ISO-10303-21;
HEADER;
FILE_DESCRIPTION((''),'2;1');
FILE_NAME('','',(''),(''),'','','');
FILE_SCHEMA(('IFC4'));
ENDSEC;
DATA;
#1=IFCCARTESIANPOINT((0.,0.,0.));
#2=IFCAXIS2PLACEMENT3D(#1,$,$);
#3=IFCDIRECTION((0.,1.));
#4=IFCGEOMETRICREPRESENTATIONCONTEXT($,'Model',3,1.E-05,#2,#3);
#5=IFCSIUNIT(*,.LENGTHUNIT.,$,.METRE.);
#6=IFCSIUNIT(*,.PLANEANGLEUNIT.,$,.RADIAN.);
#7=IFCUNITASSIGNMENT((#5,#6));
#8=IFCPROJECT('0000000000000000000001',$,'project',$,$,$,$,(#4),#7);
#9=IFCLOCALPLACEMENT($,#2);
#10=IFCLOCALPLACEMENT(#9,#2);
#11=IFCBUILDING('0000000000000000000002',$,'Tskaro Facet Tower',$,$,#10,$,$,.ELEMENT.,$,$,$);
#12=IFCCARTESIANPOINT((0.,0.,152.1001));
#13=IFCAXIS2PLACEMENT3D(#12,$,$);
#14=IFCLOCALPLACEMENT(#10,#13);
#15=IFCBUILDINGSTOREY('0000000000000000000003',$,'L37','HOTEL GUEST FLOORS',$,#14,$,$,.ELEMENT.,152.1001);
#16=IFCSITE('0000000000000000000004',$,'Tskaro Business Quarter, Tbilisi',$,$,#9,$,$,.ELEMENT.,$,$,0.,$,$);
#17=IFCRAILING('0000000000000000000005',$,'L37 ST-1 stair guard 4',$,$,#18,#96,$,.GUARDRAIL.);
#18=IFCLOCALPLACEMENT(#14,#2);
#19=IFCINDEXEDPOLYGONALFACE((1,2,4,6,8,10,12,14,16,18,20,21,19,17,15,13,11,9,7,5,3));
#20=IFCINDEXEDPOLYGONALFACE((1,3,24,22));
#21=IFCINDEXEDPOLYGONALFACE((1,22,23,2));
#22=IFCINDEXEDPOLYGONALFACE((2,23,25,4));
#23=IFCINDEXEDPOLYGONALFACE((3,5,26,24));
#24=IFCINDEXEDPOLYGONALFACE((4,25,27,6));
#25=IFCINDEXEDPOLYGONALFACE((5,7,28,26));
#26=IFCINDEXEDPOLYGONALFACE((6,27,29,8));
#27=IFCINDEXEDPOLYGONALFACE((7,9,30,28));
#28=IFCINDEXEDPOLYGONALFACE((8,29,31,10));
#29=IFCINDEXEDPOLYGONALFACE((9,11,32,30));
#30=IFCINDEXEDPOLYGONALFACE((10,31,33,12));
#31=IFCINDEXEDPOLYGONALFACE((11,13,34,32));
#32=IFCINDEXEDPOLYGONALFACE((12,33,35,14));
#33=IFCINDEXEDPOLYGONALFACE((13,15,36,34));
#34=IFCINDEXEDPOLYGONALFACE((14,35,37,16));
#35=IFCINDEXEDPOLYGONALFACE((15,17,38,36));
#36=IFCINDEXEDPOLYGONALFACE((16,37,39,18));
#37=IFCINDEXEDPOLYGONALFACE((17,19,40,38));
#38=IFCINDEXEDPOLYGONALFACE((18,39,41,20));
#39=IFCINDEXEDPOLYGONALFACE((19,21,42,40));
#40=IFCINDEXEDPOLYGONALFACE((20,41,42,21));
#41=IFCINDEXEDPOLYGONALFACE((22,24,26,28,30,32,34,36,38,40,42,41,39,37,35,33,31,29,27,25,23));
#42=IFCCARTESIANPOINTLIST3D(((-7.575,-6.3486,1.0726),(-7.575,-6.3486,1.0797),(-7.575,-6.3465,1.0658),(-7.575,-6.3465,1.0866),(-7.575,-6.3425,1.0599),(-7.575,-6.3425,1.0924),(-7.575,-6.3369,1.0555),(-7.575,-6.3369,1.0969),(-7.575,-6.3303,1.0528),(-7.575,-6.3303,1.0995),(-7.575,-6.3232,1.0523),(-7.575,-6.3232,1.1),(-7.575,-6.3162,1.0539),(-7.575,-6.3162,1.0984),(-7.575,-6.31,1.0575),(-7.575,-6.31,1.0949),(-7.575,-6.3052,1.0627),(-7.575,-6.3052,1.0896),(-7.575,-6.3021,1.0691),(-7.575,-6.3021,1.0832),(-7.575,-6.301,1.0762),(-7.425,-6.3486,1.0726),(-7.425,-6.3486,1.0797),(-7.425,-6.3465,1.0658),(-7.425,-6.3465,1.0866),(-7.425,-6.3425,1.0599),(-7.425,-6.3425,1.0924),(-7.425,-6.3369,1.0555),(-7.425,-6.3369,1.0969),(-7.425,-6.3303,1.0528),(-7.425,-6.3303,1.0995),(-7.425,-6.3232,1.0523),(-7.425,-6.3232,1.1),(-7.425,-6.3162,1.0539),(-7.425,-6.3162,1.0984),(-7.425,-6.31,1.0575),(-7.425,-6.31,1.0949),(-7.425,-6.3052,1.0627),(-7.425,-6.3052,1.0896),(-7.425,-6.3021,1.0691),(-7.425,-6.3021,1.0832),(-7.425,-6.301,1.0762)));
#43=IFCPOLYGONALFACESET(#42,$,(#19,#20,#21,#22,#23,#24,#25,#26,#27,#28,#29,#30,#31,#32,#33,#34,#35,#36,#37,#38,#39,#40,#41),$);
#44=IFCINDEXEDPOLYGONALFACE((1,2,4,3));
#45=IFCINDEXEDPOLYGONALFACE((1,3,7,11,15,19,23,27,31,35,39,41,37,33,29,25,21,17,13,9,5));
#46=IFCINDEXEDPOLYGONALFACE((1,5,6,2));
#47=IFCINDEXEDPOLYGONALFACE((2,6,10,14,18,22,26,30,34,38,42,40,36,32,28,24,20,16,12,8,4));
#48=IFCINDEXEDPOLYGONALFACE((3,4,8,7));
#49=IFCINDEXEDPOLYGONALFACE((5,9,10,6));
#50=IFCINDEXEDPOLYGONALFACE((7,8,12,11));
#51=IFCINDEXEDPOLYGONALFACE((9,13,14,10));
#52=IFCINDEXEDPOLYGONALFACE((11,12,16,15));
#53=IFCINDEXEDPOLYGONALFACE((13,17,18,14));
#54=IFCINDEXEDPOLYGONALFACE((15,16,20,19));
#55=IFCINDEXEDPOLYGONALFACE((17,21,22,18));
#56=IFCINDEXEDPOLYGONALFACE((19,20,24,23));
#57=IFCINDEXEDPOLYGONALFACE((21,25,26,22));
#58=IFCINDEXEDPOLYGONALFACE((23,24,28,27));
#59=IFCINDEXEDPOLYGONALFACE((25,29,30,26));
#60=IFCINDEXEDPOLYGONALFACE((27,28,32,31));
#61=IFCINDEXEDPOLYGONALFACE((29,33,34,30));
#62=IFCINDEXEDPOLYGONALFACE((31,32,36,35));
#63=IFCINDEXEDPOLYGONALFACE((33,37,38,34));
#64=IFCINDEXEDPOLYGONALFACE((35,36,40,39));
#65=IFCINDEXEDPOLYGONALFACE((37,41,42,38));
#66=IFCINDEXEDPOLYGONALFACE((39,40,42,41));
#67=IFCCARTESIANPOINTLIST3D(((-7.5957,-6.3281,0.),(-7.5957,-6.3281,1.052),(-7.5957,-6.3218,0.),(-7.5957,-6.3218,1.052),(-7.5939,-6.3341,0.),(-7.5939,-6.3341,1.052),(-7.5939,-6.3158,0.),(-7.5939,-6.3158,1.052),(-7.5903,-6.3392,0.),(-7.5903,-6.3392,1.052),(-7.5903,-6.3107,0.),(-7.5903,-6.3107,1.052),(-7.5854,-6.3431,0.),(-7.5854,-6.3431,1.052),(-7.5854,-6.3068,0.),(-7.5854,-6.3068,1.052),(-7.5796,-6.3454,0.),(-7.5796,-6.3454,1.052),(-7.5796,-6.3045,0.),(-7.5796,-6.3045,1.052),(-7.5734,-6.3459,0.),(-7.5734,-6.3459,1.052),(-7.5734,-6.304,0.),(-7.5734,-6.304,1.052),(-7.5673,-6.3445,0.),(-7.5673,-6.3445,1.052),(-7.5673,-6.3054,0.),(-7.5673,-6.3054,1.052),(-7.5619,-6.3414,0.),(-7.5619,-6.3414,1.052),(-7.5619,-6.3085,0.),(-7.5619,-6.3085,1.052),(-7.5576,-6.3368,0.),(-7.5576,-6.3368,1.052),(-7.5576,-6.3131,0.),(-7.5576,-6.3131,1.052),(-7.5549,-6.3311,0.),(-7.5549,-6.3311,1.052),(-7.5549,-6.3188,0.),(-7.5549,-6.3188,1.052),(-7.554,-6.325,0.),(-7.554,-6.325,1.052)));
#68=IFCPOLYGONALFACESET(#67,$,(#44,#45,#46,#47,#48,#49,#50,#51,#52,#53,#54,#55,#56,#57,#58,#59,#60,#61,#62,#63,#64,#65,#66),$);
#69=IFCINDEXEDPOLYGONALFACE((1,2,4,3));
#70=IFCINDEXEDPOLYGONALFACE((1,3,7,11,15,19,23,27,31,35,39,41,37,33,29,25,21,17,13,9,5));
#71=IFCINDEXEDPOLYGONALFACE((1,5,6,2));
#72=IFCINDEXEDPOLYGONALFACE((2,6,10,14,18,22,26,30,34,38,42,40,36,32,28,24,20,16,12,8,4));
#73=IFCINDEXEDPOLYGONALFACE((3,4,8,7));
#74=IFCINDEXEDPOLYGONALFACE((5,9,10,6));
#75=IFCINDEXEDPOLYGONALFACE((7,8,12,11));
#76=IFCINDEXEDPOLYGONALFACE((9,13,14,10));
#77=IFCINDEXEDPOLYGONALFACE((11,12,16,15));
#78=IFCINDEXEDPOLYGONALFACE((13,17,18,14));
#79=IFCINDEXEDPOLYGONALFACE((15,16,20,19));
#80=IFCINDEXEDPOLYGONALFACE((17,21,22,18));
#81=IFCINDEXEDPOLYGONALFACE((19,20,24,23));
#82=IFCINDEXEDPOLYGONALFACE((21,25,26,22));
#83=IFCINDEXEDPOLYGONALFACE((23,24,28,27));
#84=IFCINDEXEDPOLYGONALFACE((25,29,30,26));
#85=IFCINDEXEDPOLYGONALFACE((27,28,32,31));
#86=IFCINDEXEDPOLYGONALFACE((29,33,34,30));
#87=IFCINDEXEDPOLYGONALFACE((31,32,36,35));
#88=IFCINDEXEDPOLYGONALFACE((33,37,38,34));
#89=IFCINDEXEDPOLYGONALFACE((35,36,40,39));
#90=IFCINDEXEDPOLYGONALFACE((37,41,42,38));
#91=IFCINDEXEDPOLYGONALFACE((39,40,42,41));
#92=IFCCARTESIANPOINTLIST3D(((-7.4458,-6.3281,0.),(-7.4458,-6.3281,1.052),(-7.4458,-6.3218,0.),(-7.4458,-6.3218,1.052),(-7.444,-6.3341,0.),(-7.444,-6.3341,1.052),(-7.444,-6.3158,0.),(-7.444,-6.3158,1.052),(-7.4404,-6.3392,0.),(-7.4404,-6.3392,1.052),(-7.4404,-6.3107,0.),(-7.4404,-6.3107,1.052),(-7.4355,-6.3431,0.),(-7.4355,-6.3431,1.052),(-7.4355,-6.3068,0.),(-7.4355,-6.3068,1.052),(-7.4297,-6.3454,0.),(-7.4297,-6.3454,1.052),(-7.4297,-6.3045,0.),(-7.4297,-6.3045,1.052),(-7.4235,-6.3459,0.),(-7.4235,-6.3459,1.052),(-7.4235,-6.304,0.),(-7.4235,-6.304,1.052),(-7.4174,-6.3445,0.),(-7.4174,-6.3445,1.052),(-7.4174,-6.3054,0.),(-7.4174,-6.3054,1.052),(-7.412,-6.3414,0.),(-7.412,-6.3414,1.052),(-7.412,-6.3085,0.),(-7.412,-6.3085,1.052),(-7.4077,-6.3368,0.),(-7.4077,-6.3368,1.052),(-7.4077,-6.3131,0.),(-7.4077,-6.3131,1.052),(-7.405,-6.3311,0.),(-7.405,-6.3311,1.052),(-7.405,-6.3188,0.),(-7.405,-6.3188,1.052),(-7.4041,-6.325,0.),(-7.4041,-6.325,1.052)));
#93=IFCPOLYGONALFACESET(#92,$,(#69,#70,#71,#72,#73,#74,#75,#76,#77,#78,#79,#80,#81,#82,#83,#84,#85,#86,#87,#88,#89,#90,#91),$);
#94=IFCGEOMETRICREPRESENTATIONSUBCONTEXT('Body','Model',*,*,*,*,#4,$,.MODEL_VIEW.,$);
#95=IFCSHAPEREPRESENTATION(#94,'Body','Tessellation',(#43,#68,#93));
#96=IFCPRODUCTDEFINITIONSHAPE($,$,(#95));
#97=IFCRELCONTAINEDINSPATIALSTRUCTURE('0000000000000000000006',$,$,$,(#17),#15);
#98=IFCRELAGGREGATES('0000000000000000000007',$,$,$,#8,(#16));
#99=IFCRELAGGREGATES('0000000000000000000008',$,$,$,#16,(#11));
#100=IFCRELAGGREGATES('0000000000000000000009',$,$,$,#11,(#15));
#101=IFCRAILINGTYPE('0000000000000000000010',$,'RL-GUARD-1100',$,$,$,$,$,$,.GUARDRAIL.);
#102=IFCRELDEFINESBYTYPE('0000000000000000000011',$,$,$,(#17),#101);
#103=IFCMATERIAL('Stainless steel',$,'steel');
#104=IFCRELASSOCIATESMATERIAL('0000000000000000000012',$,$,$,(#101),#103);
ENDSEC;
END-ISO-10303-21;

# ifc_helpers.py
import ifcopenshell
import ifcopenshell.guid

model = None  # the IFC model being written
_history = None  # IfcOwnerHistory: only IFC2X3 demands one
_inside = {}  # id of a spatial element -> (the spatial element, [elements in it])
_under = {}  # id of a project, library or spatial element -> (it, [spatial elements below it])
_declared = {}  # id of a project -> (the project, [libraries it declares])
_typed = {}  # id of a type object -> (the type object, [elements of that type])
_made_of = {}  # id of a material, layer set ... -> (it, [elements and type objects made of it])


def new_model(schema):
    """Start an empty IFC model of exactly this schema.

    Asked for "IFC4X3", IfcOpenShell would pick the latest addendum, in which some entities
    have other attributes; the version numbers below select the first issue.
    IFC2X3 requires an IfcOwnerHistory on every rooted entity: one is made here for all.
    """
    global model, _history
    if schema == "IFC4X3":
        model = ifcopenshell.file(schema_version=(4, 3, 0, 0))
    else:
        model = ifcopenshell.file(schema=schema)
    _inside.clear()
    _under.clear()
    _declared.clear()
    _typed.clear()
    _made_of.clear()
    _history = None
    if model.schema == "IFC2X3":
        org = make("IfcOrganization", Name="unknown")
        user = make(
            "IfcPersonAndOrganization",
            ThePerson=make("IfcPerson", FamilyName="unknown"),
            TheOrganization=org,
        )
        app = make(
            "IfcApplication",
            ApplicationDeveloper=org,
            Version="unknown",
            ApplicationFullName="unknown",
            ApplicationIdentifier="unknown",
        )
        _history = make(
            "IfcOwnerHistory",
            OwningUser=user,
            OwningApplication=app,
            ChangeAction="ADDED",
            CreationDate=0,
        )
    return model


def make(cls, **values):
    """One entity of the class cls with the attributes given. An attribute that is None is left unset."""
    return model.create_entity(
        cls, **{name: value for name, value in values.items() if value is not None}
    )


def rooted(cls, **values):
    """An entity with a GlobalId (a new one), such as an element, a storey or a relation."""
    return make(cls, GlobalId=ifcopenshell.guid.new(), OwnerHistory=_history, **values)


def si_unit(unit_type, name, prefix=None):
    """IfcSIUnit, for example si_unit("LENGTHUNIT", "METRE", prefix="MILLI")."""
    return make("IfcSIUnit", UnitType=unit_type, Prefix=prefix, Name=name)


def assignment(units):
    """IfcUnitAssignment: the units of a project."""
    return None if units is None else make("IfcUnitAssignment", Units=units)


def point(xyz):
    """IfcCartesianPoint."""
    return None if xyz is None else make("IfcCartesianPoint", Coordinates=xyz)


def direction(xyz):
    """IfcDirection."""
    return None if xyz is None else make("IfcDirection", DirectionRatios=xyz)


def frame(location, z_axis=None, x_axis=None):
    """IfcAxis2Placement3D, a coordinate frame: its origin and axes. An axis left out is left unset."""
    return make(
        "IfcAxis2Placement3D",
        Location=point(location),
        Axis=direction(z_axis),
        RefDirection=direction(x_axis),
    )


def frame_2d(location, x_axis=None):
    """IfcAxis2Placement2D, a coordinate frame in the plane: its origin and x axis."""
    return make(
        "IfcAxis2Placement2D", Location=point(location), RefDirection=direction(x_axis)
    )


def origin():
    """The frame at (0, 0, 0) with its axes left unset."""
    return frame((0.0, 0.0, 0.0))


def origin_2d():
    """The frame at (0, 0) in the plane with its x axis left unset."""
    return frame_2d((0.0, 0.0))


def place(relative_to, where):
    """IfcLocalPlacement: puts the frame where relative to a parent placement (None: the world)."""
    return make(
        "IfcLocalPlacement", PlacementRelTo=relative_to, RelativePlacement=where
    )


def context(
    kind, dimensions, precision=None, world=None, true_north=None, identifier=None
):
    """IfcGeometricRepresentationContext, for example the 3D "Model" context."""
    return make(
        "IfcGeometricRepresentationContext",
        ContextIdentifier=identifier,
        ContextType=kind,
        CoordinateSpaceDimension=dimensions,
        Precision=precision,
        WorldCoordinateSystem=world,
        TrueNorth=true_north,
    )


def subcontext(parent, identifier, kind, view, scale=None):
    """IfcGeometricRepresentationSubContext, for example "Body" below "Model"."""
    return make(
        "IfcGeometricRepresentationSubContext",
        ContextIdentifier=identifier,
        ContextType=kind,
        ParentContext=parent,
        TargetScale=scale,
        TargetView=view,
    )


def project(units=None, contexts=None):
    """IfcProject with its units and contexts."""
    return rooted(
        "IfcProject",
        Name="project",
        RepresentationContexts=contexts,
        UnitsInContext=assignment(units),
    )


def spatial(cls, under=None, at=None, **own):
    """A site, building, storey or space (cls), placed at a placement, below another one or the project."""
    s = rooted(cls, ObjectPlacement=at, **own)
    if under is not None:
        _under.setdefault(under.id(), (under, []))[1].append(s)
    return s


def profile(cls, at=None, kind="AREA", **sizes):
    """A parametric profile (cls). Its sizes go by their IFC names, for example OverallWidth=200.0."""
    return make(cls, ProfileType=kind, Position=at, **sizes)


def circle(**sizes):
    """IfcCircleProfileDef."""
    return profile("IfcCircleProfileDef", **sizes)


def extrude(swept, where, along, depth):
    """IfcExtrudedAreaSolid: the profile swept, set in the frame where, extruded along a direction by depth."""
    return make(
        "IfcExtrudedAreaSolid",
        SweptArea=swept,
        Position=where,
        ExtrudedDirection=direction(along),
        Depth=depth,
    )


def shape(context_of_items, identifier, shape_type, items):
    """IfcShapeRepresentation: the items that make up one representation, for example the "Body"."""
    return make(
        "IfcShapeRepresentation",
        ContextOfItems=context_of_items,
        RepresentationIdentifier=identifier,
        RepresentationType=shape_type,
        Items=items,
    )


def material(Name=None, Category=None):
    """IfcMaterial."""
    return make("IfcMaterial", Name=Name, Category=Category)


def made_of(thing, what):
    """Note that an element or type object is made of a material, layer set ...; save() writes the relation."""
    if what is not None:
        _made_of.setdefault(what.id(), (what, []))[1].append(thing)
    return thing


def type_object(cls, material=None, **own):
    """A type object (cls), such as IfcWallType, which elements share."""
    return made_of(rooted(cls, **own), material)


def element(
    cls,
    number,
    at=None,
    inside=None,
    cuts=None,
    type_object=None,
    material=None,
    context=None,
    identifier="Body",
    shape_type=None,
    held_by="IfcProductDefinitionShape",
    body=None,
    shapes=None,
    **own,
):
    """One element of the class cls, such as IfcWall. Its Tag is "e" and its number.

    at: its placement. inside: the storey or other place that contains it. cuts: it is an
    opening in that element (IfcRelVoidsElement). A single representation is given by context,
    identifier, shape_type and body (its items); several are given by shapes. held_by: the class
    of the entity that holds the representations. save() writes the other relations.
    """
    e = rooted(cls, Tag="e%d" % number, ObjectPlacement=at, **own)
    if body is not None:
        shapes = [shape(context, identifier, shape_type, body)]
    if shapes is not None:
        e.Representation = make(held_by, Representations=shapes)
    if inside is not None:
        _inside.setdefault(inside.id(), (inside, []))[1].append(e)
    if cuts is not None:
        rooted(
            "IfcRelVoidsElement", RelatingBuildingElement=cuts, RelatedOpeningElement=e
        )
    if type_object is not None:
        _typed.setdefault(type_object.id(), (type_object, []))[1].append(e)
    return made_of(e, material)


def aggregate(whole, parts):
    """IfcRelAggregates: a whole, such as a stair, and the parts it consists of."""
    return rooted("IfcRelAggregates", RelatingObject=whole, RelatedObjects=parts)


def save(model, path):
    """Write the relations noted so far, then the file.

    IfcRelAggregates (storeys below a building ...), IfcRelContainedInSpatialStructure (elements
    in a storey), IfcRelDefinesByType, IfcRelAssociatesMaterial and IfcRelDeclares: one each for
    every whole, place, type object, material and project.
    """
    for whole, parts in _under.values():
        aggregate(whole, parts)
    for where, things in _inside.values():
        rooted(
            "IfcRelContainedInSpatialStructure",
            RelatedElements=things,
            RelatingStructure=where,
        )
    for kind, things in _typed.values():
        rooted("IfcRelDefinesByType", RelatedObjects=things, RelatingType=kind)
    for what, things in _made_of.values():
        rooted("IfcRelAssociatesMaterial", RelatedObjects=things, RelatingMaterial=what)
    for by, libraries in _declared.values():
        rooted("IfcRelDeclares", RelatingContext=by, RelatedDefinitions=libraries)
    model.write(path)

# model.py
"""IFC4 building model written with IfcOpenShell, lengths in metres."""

from ifc_helpers import new_model, si_unit, direction, frame, origin, origin_2d, place, context, subcontext, project, spatial, circle, extrude, material, type_object, element, save


model = new_model("IFC4")

# Units and contexts
model_context = context("Model", 3, precision=1e-05, world=origin(), true_north=direction((0.0, 1.0)))
body_context = subcontext(model_context, "Body", "Model", "MODEL_VIEW")
ifc_project = project(units=[si_unit("LENGTHUNIT", "METRE"), si_unit("PLANEANGLEUNIT", "RADIAN")], contexts=[model_context])

# Site, building, storey
site_placement = place(None, origin())
site = spatial("IfcSite", under=ifc_project, at=site_placement, Name="Tskaro Business Quarter, Tbilisi", CompositionType="ELEMENT", RefElevation=0.0)
building_placement = place(site_placement, origin())
building = spatial("IfcBuilding", under=site, at=building_placement, Name="Tskaro Facet Tower", CompositionType="ELEMENT")
storey_placement = place(building_placement, frame((0.0, 0.0, 152.1001)))
storey = spatial("IfcBuildingStorey", under=building, at=storey_placement, Name="L37", Description="HOTEL GUEST FLOORS", CompositionType="ELEMENT", Elevation=152.1001)

# Shared definitions
ifc_material_1 = material(Name="Stainless steel", Category="steel")

# Railing
railing_type_1 = type_object("IfcRailingType", Name="RL-GUARD-1100", PredefinedType="GUARDRAIL", material=ifc_material_1)
railing_1_placement = place(storey_placement, frame((-7.575, -6.325, 0.0)))
element("IfcRailing", 1, at=railing_1_placement, inside=storey, type_object=railing_type_1, Name="L37 ST-1 stair guard 4", PredefinedType="GUARDRAIL", context=body_context, shape_type="SweptSolid", body=[
    extrude(circle(Radius=0.0239, at=origin_2d()), frame((0.0, 0.0, 1.0762), z_axis=(1.0, 0.0, 0.0), x_axis=(0.0, 1.0, 0.0)), (0.0, 0.0, 1.0), 0.1499),
    extrude(circle(Radius=0.021, at=origin_2d()), origin(), (0.0, 0.0, 1.0), 1.052),
    extrude(circle(Radius=0.021, at=origin_2d()), frame((0.1499, 0.0, 0.0)), (0.0, 0.0, 1.0), 1.052),
])

save(model, "model.ifc")
